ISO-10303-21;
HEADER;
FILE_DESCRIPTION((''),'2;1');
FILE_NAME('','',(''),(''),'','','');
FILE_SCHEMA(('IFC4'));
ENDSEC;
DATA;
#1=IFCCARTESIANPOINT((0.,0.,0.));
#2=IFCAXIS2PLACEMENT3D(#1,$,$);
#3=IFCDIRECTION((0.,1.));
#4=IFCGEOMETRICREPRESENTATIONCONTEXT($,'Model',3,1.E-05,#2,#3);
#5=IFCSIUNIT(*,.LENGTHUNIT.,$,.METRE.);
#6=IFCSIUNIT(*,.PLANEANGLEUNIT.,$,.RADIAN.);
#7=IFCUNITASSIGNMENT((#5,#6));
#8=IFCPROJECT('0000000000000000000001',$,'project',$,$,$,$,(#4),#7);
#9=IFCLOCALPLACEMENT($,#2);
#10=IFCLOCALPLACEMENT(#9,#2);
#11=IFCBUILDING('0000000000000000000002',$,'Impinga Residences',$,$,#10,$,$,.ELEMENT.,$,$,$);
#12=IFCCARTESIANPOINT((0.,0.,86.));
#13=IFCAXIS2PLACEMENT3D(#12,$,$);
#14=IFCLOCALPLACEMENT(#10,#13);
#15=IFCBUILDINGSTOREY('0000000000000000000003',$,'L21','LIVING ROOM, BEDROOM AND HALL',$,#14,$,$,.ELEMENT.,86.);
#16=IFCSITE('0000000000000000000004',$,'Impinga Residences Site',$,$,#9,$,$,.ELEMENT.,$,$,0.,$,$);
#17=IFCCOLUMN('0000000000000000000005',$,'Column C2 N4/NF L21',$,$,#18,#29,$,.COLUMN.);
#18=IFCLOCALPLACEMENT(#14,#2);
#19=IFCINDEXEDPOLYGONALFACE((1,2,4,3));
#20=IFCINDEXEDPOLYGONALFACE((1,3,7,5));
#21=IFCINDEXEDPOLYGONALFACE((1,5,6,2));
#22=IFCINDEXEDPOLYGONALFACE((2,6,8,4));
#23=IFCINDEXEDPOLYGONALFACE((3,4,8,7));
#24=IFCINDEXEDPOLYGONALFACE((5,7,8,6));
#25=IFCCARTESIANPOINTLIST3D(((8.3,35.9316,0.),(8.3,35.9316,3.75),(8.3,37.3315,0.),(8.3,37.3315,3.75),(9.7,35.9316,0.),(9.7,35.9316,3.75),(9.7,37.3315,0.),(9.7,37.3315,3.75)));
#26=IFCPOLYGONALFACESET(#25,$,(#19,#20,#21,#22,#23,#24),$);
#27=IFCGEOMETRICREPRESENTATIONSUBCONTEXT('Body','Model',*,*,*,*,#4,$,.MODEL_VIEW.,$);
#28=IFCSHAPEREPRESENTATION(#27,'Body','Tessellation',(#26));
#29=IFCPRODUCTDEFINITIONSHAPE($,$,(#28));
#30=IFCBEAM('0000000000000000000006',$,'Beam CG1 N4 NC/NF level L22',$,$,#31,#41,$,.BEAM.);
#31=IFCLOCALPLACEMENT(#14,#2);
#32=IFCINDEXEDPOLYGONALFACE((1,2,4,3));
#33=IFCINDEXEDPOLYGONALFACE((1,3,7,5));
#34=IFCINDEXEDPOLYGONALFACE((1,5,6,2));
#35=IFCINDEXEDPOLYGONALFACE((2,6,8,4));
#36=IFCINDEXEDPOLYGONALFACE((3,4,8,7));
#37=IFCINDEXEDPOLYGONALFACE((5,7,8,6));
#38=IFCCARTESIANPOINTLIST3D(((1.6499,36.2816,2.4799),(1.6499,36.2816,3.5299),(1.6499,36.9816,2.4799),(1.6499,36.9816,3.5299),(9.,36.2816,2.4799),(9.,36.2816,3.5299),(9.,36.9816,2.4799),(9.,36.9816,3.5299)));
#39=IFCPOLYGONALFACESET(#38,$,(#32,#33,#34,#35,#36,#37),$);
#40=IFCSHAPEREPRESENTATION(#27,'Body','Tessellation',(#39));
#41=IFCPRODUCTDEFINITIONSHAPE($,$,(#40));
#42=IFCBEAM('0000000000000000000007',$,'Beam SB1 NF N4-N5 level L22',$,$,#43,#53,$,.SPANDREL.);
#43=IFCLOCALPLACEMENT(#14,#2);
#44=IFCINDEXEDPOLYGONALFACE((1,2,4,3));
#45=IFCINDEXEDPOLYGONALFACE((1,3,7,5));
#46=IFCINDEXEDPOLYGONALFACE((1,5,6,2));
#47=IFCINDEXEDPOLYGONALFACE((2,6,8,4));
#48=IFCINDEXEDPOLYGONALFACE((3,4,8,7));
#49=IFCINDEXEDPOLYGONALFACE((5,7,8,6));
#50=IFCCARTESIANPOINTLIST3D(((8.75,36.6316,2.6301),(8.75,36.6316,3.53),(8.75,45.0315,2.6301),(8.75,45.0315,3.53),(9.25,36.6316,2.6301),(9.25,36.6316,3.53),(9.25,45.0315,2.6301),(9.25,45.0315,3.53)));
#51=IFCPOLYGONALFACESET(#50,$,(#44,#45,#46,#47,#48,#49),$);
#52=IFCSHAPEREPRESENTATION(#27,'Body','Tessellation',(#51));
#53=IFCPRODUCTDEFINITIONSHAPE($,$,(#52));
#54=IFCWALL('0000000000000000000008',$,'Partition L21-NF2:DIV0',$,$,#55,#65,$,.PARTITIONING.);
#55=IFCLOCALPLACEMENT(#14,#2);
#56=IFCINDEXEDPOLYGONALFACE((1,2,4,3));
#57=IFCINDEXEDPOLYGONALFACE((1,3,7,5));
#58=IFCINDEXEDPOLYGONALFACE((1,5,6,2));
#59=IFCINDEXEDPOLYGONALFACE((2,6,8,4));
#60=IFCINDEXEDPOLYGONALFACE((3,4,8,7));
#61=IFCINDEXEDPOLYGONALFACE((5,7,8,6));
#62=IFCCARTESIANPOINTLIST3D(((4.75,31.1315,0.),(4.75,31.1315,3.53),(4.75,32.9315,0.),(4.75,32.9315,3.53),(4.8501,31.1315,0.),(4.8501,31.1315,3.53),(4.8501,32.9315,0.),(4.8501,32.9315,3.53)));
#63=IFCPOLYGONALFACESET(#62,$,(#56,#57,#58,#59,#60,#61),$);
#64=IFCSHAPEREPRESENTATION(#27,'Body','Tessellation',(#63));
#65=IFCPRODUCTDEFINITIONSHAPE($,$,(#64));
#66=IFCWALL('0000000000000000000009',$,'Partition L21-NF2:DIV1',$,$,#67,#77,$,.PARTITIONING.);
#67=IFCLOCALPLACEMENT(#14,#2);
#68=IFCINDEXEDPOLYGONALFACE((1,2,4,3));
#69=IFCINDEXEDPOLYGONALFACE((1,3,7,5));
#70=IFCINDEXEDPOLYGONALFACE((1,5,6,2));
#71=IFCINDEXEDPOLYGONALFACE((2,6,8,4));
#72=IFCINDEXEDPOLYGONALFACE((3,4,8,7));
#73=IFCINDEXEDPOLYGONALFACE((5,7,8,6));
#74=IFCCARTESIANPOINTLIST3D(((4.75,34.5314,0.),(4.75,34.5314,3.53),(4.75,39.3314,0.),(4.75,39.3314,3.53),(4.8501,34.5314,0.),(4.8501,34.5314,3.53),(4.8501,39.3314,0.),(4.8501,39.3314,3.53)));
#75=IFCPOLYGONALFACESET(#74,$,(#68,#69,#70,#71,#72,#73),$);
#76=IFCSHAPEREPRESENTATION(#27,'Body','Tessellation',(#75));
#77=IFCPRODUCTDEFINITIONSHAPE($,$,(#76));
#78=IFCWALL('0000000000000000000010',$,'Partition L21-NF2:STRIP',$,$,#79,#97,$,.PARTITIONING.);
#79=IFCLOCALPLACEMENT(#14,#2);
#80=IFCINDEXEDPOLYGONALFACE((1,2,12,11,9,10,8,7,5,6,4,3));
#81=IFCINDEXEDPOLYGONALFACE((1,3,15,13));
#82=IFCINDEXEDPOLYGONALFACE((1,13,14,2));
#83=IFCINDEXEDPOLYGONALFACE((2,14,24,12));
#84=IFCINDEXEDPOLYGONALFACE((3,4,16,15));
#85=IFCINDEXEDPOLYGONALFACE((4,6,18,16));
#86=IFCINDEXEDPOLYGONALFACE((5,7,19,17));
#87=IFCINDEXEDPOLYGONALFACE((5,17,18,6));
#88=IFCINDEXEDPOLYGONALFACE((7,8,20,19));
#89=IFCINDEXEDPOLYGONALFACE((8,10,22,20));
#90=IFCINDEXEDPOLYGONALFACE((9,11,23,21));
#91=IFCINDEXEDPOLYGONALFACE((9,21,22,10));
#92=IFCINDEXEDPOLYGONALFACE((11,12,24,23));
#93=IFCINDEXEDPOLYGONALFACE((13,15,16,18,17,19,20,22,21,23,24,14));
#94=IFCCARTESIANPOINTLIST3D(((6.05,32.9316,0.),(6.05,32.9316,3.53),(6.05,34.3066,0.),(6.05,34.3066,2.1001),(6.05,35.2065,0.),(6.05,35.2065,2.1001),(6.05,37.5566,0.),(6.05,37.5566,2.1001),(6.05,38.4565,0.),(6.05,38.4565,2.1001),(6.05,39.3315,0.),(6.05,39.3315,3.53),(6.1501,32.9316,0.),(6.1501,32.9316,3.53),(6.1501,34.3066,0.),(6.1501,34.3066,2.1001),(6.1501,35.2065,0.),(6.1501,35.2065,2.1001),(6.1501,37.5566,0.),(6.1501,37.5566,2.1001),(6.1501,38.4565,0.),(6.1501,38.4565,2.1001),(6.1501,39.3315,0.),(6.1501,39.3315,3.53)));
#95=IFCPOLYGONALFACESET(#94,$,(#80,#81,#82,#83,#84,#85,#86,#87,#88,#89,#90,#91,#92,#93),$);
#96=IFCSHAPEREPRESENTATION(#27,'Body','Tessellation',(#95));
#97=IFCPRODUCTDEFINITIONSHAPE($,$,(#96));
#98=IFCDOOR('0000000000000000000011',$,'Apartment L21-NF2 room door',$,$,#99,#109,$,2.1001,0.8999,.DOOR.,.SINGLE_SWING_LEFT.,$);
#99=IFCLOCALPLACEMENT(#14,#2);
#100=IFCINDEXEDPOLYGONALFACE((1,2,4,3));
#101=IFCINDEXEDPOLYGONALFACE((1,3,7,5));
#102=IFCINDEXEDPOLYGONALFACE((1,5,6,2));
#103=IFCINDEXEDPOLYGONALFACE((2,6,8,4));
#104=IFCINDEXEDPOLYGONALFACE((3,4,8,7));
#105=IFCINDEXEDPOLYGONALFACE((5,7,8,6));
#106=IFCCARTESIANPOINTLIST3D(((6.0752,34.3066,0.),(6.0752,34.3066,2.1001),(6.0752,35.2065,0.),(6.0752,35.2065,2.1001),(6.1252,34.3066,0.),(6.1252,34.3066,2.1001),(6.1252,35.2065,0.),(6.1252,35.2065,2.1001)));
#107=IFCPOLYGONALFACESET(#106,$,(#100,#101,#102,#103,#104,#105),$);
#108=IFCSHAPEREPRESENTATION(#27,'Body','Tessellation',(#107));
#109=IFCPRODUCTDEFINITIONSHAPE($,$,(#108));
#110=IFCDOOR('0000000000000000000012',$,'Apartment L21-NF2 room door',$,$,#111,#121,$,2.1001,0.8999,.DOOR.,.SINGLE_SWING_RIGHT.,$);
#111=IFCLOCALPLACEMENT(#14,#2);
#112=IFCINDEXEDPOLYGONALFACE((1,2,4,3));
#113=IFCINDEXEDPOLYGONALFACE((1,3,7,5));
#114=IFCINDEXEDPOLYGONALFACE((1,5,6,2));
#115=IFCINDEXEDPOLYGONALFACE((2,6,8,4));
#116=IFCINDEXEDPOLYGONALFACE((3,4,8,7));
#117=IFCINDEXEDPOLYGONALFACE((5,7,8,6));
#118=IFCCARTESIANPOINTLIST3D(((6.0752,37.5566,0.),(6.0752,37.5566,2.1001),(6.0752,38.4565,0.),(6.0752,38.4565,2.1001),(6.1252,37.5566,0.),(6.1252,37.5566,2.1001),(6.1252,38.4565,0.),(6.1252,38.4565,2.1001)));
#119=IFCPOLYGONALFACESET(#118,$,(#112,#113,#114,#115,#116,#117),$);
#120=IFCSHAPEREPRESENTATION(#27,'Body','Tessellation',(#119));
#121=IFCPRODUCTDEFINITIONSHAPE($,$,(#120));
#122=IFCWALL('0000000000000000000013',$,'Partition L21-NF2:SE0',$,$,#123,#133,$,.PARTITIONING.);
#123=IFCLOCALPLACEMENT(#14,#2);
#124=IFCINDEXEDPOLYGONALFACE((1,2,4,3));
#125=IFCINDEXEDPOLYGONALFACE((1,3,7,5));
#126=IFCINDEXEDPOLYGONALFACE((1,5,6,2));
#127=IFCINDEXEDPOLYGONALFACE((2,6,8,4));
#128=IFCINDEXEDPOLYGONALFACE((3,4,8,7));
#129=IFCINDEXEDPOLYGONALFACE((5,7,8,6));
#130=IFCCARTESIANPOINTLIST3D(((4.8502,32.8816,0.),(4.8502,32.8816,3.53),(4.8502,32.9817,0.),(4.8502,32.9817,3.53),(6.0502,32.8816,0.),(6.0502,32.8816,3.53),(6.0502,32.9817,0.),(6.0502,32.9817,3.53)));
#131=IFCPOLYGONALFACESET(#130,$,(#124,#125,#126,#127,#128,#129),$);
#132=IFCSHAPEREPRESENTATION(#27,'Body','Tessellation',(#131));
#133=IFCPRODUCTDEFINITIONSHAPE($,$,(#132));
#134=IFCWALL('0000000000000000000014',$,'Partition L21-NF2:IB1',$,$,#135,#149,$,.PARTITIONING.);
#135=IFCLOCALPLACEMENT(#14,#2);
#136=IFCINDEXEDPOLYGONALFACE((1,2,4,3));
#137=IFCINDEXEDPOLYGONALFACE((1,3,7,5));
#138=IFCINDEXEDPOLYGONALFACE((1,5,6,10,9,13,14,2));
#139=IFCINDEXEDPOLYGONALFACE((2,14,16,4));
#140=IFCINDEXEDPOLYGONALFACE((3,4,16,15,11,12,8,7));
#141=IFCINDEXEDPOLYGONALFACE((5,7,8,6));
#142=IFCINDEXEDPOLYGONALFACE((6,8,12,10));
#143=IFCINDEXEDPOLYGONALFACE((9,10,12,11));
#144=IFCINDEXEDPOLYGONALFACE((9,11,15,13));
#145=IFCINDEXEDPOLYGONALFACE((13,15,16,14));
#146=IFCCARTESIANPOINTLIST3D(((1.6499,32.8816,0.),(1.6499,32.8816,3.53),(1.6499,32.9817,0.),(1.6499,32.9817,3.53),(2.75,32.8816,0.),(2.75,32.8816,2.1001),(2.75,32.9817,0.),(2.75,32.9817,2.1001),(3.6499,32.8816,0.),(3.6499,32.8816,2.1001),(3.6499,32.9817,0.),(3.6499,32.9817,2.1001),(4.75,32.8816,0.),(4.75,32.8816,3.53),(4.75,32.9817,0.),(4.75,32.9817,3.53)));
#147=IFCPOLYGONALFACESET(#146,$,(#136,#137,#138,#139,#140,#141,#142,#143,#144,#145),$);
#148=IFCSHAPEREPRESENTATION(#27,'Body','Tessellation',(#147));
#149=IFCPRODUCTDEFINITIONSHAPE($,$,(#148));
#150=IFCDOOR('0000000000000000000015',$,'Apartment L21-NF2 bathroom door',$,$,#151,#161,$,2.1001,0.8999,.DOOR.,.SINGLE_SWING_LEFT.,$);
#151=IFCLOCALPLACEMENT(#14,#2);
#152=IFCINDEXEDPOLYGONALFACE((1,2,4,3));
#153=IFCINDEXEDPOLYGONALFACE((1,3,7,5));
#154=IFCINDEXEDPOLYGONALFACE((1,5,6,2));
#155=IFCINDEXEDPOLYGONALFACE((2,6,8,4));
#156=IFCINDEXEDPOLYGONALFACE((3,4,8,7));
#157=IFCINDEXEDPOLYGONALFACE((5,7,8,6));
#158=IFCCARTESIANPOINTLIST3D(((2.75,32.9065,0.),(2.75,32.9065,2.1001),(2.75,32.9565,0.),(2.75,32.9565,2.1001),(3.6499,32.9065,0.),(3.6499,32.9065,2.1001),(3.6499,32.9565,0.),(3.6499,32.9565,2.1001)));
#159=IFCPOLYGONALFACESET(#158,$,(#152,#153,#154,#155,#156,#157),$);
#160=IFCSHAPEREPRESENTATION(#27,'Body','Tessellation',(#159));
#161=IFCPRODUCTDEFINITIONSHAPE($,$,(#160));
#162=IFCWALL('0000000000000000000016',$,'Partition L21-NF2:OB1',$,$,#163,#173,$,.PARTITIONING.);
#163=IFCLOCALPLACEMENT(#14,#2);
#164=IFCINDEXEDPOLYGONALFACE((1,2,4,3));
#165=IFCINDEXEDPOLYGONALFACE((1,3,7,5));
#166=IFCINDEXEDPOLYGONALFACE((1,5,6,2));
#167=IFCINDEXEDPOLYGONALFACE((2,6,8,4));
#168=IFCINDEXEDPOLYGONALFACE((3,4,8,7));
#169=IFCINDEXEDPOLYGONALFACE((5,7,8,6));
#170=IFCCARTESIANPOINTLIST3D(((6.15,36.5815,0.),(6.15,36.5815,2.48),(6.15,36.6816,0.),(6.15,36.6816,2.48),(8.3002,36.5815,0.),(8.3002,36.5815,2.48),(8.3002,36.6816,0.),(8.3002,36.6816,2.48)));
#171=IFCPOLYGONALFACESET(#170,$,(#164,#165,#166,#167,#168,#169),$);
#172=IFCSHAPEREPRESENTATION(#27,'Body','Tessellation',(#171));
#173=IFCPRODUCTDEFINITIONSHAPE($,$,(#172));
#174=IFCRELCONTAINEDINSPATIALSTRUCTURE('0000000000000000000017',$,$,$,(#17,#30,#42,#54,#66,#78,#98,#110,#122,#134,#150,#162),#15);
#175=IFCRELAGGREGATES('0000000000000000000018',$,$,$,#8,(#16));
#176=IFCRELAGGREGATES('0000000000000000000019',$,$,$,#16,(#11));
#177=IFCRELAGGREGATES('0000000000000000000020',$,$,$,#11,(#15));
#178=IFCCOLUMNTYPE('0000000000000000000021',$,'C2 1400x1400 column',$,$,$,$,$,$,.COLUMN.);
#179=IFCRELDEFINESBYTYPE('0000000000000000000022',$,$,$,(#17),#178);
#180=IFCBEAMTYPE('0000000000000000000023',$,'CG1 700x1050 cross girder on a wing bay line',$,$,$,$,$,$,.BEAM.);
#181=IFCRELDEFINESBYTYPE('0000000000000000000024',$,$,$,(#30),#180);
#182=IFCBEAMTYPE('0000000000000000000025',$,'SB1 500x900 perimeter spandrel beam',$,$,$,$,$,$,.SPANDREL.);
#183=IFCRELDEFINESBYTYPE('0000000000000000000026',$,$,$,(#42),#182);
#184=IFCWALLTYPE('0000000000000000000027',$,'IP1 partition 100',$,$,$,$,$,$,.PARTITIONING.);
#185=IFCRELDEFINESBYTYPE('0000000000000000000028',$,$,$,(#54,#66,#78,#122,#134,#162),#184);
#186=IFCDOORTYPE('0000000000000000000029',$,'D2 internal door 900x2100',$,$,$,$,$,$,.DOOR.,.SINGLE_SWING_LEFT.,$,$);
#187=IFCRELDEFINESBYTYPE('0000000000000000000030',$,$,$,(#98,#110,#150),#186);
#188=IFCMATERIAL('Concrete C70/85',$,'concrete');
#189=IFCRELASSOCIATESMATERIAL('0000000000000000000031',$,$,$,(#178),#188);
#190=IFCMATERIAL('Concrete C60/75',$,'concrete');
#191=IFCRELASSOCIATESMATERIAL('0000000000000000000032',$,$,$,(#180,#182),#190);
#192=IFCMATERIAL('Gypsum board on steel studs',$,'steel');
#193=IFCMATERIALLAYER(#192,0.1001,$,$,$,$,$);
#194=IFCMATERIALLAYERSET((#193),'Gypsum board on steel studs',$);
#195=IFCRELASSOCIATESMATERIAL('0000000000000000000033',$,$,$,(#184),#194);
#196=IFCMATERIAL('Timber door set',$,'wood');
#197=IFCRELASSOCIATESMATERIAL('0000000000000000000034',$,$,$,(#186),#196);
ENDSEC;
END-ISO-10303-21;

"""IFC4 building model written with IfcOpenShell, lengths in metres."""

from ifc_helpers import new_model, si_unit, direction, frame, frame_2d, origin, origin_2d, place, context, subcontext, project, spatial, rectangle, extrude, material, layer, layer_set, material_profile, profile_set, type_object, element, fill, save


model = new_model("IFC4")

# Units and contexts
model_context = context("Model", 3, precision=1e-05, world=origin(), true_north=direction((0.0, 1.0)))
body_context = subcontext(model_context, "Body", "Model", "MODEL_VIEW")
ifc_project = project(units=[si_unit("LENGTHUNIT", "METRE"), si_unit("PLANEANGLEUNIT", "RADIAN")], contexts=[model_context])

# Site, building, storey
site_placement = place(None, origin())
site = spatial("IfcSite", under=ifc_project, at=site_placement, Name="Impinga Residences Site", CompositionType="ELEMENT", RefElevation=0.0)
building_placement = place(site_placement, origin())
building = spatial("IfcBuilding", under=site, at=building_placement, Name="Impinga Residences", CompositionType="ELEMENT")
storey_placement = place(building_placement, frame((0.0, 0.0, 86.0)))
storey = spatial("IfcBuildingStorey", under=building, at=storey_placement, Name="L21", Description="LIVING ROOM, BEDROOM AND HALL", CompositionType="ELEMENT", Elevation=86.0)

# Column
ifc_material_1 = material(Name="Concrete C70/85", Category="concrete")
ifc_material_profile_1 = material_profile(ifc_material_1, rectangle(XDim=1.3999, YDim=1.3999, at=origin_2d()), Name="RC 1400x1400")
ifc_profile_set_1 = profile_set([ifc_material_profile_1], Name="Concrete C70/85")
column_type = type_object("IfcColumnType", Name="C2 1400x1400 column", PredefinedType="COLUMN", material=ifc_profile_set_1)
column_placement = place(storey_placement, frame((9.0, 36.6316, 0.0), z_axis=(0.0, 0.0, 1.0), x_axis=(1.0, 0.0, 0.0)))
element("IfcColumn", 1, at=column_placement, inside=storey, type_object=column_type, Name="Column C2 N4/NF L21", PredefinedType="COLUMN", context=body_context, shape_type="SweptSolid", body=[
    extrude(rectangle(XDim=1.3999, YDim=1.3999, at=origin_2d()), origin(), (0.0, 0.0, 1.0), 3.75),
])

# Beams
ifc_material_2 = material(Name="Concrete C60/75", Category="concrete")
ifc_material_profile_2 = material_profile(ifc_material_2, rectangle(XDim=0.7, YDim=1.05, at=origin_2d()), Name="RC 700x1050")
ifc_profile_set_2 = profile_set([ifc_material_profile_2], Name="Concrete C60/75")
beam_type_1 = type_object("IfcBeamType", Name="CG1 700x1050 cross girder on a wing bay line", PredefinedType="BEAM", material=ifc_profile_set_2)
beam_1_placement = place(storey_placement, frame((1.6499, 36.6316, 3.0049), z_axis=(1.0, 0.0, 0.0), x_axis=(0.0, 1.0, 0.0)))
element("IfcBeam", 2, at=beam_1_placement, inside=storey, type_object=beam_type_1, Name="Beam CG1 N4 NC/NF level L22", PredefinedType="BEAM", context=body_context, shape_type="SweptSolid", body=[
    extrude(rectangle(XDim=0.7, YDim=1.05, at=origin_2d()), origin(), (0.0, 0.0, 1.0), 7.3501),
])
ifc_material_profile_3 = material_profile(ifc_material_2, rectangle(XDim=0.5, YDim=0.8999, at=origin_2d()), Name="RC 500x900")
ifc_profile_set_3 = profile_set([ifc_material_profile_3], Name="Concrete C60/75")
beam_type_2 = type_object("IfcBeamType", Name="SB1 500x900 perimeter spandrel beam", PredefinedType="SPANDREL", material=ifc_profile_set_3)
beam_2_placement = place(storey_placement, frame((9.0, 36.6316, 3.0801), z_axis=(0.0, 1.0, 0.0), x_axis=(-1.0, 0.0, 0.0)))
element("IfcBeam", 3, at=beam_2_placement, inside=storey, type_object=beam_type_2, Name="Beam SB1 NF N4-N5 level L22", PredefinedType="SPANDREL", context=body_context, shape_type="SweptSolid", body=[
    extrude(rectangle(XDim=0.5, YDim=0.8999, at=origin_2d()), origin(), (0.0, 0.0, 1.0), 8.3999),
])

# Walls
ifc_material_3 = material(Name="Gypsum board on steel studs", Category="steel")
ifc_layer_1 = layer(ifc_material_3, 0.1001)
ifc_layer_set_1 = layer_set([ifc_layer_1], Name="Gypsum board on steel studs")
wall_type_1 = type_object("IfcWallType", Name="IP1 partition 100", PredefinedType="PARTITIONING", material=ifc_layer_set_1)
wall_1_placement = place(storey_placement, frame((4.8, 31.1316, 0.0), z_axis=(0.0, 0.0, 1.0), x_axis=(0.0, 1.0, 0.0)))
element("IfcWall", 4, at=wall_1_placement, inside=storey, type_object=wall_type_1, Name="Partition L21-NF2:DIV0", PredefinedType="PARTITIONING", context=body_context, shape_type="SweptSolid", body=[
    extrude(rectangle(XDim=1.8, YDim=0.1001, at=frame_2d((0.8999, 0.0))), origin(), (0.0, 0.0, 1.0), 3.53),
])
wall_2_placement = place(storey_placement, frame((4.8, 34.5315, 0.0), z_axis=(0.0, 0.0, 1.0), x_axis=(0.0, 1.0, 0.0)))
element("IfcWall", 5, at=wall_2_placement, inside=storey, type_object=wall_type_1, Name="Partition L21-NF2:DIV1", PredefinedType="PARTITIONING", context=body_context, shape_type="SweptSolid", body=[
    extrude(rectangle(XDim=4.8, YDim=0.1001, at=frame_2d((2.3999, 0.0))), origin(), (0.0, 0.0, 1.0), 3.53),
])

# Wall, openings, doors
wall_3_placement = place(storey_placement, frame((6.1001, 32.9316, 0.0), z_axis=(0.0, 0.0, 1.0), x_axis=(0.0, 1.0, 0.0)))
wall_3 = element("IfcWall", 6, at=wall_3_placement, inside=storey, type_object=wall_type_1, Name="Partition L21-NF2:STRIP", PredefinedType="PARTITIONING", context=body_context, shape_type="SweptSolid", body=[
    extrude(rectangle(XDim=6.3999, YDim=0.1001, at=frame_2d((3.2, 0.0))), origin(), (0.0, 0.0, 1.0), 3.53),
])
opening_1_placement = place(wall_3_placement, frame((1.375, 0.0, 0.0)))
opening_1 = element("IfcOpeningElement", 7, at=opening_1_placement, cuts=wall_3, PredefinedType="OPENING", context=body_context, shape_type="SweptSolid", body=[
    extrude(rectangle(XDim=0.8999, YDim=2.1001, at=frame_2d((0.45, 1.05))), frame((0.0, 0.0601, 0.0), z_axis=(0.0, -1.0, 0.0), x_axis=(1.0, 0.0, 0.0)), (0.0, 0.0, 1.0), 0.1201),
])
opening_2_placement = place(wall_3_placement, frame((4.625, 0.0, 0.0)))
opening_2 = element("IfcOpeningElement", 8, at=opening_2_placement, cuts=wall_3, PredefinedType="OPENING", context=body_context, shape_type="SweptSolid", body=[
    extrude(rectangle(XDim=0.8999, YDim=2.1001, at=frame_2d((0.45, 1.05))), frame((0.0, 0.0601, 0.0), z_axis=(0.0, -1.0, 0.0), x_axis=(1.0, 0.0, 0.0)), (0.0, 0.0, 1.0), 0.1201),
])
ifc_material_4 = material(Name="Timber door set", Category="wood")
door_type = type_object("IfcDoorType", Name="D2 internal door 900x2100", OperationType="SINGLE_SWING_LEFT", PredefinedType="DOOR", material=ifc_material_4)
door_1_placement = place(opening_1_placement, origin())
door_1 = element("IfcDoor", 9, at=door_1_placement, inside=storey, type_object=door_type, Name="Apartment L21-NF2 room door", OperationType="SINGLE_SWING_LEFT", OverallHeight=2.1001, OverallWidth=0.8999, PredefinedType="DOOR", context=body_context, shape_type="SweptSolid", body=[
    extrude(rectangle(XDim=0.8999, YDim=2.1001, at=frame_2d((0.45, 1.05))), frame((0.0, 0.0249, 0.0), z_axis=(0.0, -1.0, 0.0), x_axis=(1.0, 0.0, 0.0)), (0.0, 0.0, 1.0), 0.05),
])
fill(opening_1, door_1)
door_2_placement = place(opening_2_placement, origin())
door_2 = element("IfcDoor", 10, at=door_2_placement, inside=storey, type_object=door_type, Name="Apartment L21-NF2 room door", OperationType="SINGLE_SWING_RIGHT", OverallHeight=2.1001, OverallWidth=0.8999, PredefinedType="DOOR", context=body_context, shape_type="SweptSolid", body=[
    extrude(rectangle(XDim=0.8999, YDim=2.1001, at=frame_2d((0.45, 1.05))), frame((0.0, 0.0249, 0.0), z_axis=(0.0, -1.0, 0.0), x_axis=(1.0, 0.0, 0.0)), (0.0, 0.0, 1.0), 0.05),
])
fill(opening_2, door_2)

# Wall
wall_4_placement = place(storey_placement, frame((4.8501, 32.9316, 0.0), z_axis=(0.0, 0.0, 1.0), x_axis=(1.0, 0.0, 0.0)))
element("IfcWall", 11, at=wall_4_placement, inside=storey, type_object=wall_type_1, Name="Partition L21-NF2:SE0", PredefinedType="PARTITIONING", context=body_context, shape_type="SweptSolid", body=[
    extrude(rectangle(XDim=1.2, YDim=0.1001, at=frame_2d((0.6001, 0.0))), origin(), (0.0, 0.0, 1.0), 3.53),
])

# Wall, opening, door
wall_5_placement = place(storey_placement, frame((1.6499, 32.9316, 0.0), z_axis=(0.0, 0.0, 1.0), x_axis=(1.0, 0.0, 0.0)))
wall_5 = element("IfcWall", 12, at=wall_5_placement, inside=storey, type_object=wall_type_1, Name="Partition L21-NF2:IB1", PredefinedType="PARTITIONING", context=body_context, shape_type="SweptSolid", body=[
    extrude(rectangle(XDim=3.1001, YDim=0.1001, at=frame_2d((1.55, 0.0))), origin(), (0.0, 0.0, 1.0), 3.53),
])
opening_3_placement = place(wall_5_placement, frame((1.1001, 0.0, 0.0)))
opening_3 = element("IfcOpeningElement", 13, at=opening_3_placement, cuts=wall_5, PredefinedType="OPENING", context=body_context, shape_type="SweptSolid", body=[
    extrude(rectangle(XDim=0.8999, YDim=2.1001, at=frame_2d((0.45, 1.05))), frame((0.0, 0.0601, 0.0), z_axis=(0.0, -1.0, 0.0), x_axis=(1.0, 0.0, 0.0)), (0.0, 0.0, 1.0), 0.1201),
])
door_3_placement = place(opening_3_placement, origin())
door_3 = element("IfcDoor", 14, at=door_3_placement, inside=storey, type_object=door_type, Name="Apartment L21-NF2 bathroom door", OperationType="SINGLE_SWING_LEFT", OverallHeight=2.1001, OverallWidth=0.8999, PredefinedType="DOOR", context=body_context, shape_type="SweptSolid", body=[
    extrude(rectangle(XDim=0.8999, YDim=2.1001, at=frame_2d((0.45, 1.05))), frame((0.0, 0.0249, 0.0), z_axis=(0.0, -1.0, 0.0), x_axis=(1.0, 0.0, 0.0)), (0.0, 0.0, 1.0), 0.05),
])
fill(opening_3, door_3)

# Wall
wall_6_placement = place(storey_placement, frame((6.1499, 36.6316, 0.0), z_axis=(0.0, 0.0, 1.0), x_axis=(1.0, 0.0, 0.0)))
element("IfcWall", 15, at=wall_6_placement, inside=storey, type_object=wall_type_1, Name="Partition L21-NF2:OB1", PredefinedType="PARTITIONING", context=body_context, shape_type="SweptSolid", body=[
    extrude(rectangle(XDim=2.1501, YDim=0.1001, at=frame_2d((1.0752, 0.0))), origin(), (0.0, 0.0, 1.0), 2.48),
])

save(model, "model.ifc")
